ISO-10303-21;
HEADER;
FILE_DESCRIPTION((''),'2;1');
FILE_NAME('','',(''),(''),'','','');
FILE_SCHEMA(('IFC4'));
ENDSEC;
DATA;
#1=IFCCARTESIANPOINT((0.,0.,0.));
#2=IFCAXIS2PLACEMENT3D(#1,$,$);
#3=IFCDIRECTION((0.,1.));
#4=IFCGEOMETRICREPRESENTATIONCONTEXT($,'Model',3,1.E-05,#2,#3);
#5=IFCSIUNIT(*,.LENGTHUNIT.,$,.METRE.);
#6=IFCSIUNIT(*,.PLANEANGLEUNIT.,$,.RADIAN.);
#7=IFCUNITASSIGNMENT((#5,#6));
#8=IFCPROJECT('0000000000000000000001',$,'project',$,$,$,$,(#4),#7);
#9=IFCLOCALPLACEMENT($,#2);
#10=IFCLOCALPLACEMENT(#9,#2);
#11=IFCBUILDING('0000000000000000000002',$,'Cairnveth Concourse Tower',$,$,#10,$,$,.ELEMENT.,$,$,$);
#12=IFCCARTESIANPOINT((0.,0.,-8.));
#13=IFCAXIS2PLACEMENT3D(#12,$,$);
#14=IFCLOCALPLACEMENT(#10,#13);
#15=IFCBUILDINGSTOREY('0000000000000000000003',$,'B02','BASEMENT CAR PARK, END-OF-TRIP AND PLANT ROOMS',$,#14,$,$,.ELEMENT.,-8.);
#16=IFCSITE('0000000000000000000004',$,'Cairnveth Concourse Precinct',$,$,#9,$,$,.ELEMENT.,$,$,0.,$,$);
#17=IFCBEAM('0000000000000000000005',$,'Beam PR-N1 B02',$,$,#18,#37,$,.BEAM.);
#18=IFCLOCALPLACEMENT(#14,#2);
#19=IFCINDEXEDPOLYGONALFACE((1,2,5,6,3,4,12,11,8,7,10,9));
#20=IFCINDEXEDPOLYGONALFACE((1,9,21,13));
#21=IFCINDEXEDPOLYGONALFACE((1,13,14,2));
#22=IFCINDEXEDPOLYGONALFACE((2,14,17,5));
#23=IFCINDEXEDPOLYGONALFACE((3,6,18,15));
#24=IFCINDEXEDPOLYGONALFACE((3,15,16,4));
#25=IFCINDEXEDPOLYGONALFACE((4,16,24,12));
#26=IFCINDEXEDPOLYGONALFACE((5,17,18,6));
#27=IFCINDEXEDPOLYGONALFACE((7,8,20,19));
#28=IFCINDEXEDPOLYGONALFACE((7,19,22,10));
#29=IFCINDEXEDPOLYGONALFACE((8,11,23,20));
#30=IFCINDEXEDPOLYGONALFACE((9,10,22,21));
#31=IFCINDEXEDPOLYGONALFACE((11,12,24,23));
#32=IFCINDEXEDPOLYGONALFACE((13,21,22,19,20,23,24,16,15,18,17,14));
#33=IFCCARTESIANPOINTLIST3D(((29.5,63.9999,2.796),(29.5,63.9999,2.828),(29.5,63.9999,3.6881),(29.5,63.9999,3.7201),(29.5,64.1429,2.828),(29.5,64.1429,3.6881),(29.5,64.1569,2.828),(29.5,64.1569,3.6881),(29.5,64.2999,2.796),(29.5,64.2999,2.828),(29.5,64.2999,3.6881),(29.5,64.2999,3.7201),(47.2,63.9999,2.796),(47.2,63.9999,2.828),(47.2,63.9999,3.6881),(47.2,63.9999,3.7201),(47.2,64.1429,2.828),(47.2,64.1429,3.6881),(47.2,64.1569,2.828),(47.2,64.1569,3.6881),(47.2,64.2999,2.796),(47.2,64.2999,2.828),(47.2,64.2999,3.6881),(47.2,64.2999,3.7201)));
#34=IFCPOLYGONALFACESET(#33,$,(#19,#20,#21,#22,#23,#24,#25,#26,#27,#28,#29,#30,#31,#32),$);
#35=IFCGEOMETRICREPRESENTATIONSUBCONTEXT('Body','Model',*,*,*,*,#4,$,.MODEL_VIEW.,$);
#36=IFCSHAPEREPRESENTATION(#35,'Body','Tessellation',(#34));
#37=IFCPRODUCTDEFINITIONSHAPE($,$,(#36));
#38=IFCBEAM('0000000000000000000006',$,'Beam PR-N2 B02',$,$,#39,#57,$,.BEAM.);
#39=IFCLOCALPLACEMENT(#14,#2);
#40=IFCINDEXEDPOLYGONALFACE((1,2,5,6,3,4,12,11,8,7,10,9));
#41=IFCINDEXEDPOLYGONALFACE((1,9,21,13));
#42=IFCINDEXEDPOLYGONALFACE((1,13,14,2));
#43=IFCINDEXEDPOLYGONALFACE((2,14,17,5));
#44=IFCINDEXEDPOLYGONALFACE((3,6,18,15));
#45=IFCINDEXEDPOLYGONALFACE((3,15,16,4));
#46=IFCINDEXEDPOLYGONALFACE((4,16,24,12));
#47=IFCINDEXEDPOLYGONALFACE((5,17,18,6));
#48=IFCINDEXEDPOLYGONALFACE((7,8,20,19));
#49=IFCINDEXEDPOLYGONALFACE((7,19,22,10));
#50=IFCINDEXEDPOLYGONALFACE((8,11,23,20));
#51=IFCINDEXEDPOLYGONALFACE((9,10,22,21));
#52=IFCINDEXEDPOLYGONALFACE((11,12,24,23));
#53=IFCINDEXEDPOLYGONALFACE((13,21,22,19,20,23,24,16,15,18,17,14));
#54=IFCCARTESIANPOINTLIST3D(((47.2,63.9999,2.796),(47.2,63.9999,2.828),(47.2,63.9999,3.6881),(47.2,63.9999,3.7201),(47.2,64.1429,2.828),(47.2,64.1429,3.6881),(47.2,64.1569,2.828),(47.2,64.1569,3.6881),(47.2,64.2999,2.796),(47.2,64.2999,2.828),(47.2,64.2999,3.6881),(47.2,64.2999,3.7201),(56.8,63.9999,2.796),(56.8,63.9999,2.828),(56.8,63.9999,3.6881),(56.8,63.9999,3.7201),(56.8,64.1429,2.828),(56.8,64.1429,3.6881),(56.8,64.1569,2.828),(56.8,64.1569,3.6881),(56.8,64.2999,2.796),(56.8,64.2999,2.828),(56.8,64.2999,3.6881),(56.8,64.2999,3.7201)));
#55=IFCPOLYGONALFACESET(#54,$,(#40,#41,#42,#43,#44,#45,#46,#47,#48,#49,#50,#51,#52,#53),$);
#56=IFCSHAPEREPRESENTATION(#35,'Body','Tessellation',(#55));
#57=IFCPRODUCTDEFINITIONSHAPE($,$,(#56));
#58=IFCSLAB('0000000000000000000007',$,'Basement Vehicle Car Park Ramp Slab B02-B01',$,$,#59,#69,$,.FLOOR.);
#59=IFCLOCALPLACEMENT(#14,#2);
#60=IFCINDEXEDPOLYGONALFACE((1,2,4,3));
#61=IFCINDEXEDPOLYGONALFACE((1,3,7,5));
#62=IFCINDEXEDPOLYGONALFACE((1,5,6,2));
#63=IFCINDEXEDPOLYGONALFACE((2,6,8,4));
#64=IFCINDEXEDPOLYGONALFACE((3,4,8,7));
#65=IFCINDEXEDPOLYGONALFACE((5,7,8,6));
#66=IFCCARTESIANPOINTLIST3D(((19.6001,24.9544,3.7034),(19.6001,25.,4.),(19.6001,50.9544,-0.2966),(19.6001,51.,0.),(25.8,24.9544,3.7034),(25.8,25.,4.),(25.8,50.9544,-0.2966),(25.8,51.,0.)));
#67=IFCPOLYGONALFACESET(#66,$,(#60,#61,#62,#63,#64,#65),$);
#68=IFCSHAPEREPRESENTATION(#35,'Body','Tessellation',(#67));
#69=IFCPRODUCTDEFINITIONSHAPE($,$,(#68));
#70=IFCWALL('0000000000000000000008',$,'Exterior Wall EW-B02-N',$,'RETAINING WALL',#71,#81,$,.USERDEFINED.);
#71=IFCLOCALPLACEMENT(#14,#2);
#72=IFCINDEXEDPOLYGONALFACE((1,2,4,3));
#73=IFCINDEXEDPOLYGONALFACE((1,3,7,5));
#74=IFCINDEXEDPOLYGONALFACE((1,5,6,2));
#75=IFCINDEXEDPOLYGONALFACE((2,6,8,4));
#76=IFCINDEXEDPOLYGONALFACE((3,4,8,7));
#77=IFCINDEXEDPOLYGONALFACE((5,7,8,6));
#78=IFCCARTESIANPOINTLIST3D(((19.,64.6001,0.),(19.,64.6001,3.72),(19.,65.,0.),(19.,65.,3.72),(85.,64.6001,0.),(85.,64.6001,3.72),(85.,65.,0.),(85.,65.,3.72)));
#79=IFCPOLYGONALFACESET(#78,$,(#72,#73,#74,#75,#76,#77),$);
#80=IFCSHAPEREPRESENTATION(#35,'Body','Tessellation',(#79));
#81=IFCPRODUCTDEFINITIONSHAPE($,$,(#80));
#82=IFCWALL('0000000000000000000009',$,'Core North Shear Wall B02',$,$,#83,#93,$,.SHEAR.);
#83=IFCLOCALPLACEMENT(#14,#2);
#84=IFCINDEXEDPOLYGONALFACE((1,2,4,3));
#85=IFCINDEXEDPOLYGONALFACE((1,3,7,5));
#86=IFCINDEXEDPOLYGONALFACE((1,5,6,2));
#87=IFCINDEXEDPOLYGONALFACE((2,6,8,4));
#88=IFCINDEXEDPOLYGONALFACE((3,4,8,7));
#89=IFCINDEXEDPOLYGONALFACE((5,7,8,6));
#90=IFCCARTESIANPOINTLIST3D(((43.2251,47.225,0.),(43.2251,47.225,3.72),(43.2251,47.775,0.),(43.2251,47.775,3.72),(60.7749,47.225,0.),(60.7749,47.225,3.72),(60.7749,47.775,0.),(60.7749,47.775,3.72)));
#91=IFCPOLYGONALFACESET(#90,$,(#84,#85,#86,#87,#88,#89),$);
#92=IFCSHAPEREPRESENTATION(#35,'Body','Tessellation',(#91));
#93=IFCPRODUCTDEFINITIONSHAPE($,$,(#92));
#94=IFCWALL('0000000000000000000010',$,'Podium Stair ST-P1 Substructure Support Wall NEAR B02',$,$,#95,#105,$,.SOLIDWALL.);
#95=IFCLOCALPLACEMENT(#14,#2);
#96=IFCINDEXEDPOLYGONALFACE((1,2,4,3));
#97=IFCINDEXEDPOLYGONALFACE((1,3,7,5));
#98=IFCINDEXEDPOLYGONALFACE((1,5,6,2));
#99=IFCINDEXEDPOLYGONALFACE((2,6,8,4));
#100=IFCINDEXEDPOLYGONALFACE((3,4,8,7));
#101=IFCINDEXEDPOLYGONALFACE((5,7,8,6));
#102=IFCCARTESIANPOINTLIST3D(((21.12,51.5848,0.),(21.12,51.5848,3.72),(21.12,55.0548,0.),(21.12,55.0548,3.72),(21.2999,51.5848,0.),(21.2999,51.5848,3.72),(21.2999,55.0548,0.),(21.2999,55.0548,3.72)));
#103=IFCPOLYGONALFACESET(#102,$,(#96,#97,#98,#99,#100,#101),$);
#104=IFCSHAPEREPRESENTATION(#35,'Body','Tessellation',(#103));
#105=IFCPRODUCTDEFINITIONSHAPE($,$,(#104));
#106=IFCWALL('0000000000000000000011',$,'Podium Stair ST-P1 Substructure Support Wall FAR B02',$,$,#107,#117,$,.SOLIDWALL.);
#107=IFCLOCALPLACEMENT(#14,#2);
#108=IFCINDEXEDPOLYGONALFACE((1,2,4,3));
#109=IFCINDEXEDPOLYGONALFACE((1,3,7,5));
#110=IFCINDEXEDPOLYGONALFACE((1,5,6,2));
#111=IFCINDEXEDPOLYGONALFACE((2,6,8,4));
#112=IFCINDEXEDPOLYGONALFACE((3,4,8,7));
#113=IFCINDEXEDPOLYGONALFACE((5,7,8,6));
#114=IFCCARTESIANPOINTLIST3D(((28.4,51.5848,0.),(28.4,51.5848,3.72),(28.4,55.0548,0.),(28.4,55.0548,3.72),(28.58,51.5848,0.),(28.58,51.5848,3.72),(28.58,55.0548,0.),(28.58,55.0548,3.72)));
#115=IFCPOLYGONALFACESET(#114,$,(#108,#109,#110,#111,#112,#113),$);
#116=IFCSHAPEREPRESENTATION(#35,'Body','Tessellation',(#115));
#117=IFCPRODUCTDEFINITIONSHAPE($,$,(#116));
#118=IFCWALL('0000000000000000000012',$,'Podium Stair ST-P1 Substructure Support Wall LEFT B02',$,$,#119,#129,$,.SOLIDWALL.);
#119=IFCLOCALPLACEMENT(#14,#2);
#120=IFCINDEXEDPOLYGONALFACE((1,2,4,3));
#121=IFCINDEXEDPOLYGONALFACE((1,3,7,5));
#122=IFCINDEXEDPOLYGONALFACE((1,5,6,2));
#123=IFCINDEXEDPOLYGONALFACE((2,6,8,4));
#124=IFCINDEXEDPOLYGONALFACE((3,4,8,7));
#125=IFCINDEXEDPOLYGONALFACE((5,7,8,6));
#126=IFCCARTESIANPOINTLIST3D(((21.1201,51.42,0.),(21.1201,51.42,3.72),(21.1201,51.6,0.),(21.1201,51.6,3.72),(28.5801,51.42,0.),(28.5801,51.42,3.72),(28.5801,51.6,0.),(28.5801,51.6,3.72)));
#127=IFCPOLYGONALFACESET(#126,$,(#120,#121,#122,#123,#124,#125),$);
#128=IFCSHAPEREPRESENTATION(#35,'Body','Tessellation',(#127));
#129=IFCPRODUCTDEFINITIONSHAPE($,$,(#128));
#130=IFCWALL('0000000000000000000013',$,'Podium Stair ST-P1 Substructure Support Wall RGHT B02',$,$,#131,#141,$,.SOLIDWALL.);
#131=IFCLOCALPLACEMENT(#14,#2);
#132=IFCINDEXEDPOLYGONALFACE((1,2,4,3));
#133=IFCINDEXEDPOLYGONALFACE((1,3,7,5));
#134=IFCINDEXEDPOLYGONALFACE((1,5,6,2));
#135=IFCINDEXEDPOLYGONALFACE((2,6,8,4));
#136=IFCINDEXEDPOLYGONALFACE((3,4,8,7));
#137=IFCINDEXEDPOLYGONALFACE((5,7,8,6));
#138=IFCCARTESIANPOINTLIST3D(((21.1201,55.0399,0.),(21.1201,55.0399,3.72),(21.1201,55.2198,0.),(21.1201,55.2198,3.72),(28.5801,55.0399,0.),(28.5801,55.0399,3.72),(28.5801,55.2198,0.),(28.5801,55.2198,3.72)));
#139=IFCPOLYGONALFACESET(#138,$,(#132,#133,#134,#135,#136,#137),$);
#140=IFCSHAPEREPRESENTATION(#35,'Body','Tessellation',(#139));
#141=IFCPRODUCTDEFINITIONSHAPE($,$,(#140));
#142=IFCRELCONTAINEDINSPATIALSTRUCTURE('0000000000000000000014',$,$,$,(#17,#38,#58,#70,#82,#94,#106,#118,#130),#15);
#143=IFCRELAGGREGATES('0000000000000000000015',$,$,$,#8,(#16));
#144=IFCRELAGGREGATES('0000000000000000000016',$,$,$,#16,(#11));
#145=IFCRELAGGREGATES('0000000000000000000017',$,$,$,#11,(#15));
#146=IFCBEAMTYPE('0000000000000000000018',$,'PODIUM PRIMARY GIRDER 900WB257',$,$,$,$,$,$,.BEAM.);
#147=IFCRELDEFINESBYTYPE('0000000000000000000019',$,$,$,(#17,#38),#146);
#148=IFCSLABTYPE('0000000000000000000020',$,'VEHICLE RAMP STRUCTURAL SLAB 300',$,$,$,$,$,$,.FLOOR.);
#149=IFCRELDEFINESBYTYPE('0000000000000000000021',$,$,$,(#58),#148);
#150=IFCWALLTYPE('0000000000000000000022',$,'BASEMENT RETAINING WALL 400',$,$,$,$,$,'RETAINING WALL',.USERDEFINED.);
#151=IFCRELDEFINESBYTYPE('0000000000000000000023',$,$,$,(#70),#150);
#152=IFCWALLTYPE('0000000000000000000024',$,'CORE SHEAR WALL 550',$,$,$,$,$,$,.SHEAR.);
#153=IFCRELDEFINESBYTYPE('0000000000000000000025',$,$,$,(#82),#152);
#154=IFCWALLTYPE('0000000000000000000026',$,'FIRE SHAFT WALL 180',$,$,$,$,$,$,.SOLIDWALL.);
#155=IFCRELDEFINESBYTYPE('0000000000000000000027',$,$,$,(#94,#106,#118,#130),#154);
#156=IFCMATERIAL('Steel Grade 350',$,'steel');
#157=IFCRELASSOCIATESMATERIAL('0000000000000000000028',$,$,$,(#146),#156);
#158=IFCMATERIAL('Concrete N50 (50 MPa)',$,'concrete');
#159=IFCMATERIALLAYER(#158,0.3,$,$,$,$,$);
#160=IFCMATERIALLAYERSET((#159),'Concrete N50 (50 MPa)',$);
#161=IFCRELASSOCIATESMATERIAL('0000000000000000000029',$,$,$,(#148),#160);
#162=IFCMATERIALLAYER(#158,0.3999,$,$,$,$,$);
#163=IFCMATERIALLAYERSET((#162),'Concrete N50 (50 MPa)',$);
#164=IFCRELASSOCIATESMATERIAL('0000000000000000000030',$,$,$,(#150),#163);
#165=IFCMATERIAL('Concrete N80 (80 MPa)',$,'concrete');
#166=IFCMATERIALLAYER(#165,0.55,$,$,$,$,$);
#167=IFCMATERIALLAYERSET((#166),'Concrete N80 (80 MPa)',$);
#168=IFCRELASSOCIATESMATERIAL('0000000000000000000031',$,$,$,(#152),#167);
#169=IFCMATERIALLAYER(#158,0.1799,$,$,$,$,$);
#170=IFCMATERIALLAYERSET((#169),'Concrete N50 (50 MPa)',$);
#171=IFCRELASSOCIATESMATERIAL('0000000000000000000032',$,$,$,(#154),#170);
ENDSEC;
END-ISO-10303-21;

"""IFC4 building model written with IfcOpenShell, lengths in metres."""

from ifc_helpers import new_model, si_unit, direction, frame, frame_2d, origin, origin_2d, place, context, subcontext, project, spatial, polyline, rectangle, i_section, outline, extrude, material, layer, layer_set, material_profile, profile_set, type_object, element, save


model = new_model("IFC4")

# Units and contexts
model_context = context("Model", 3, precision=1e-05, world=origin(), true_north=direction((0.0, 1.0)))
body_context = subcontext(model_context, "Body", "Model", "MODEL_VIEW")
ifc_project = project(units=[si_unit("LENGTHUNIT", "METRE"), si_unit("PLANEANGLEUNIT", "RADIAN")], contexts=[model_context])

# Site, building, storey
site_placement = place(None, origin())
site = spatial("IfcSite", under=ifc_project, at=site_placement, Name="Cairnveth Concourse Precinct", CompositionType="ELEMENT", RefElevation=0.0)
building_placement = place(site_placement, origin())
building = spatial("IfcBuilding", under=site, at=building_placement, Name="Cairnveth Concourse Tower", CompositionType="ELEMENT")
storey_placement = place(building_placement, frame((0.0, 0.0, -8.0)))
storey = spatial("IfcBuildingStorey", under=building, at=storey_placement, Name="B02", Description="BASEMENT CAR PARK, END-OF-TRIP AND PLANT ROOMS", CompositionType="ELEMENT", Elevation=-8.0)

# Shared definitions
ifc_material_1 = material(Name="Concrete N50 (50 MPa)", Category="concrete")

# Shared definitions
ifc_material_2 = material(Name="Concrete N80 (80 MPa)", Category="concrete")

# Beams
ifc_material_3 = material(Name="Steel Grade 350", Category="steel")
ifc_material_profile_1 = material_profile(ifc_material_3, i_section(OverallWidth=0.3, OverallDepth=0.9241, WebThickness=0.0139, FlangeThickness=0.032, at=origin_2d()), Name="900WB257")
ifc_profile_set_1 = profile_set([ifc_material_profile_1], Name="Steel Grade 350")
beam_type_1 = type_object("IfcBeamType", Name="PODIUM PRIMARY GIRDER 900WB257", PredefinedType="BEAM", material=ifc_profile_set_1)
beam_1_placement = place(storey_placement, frame((29.5, 64.1499, 3.2581), z_axis=(1.0, 0.0, 0.0), x_axis=(0.0, 1.0, 0.0)))
element("IfcBeam", 1, at=beam_1_placement, inside=storey, type_object=beam_type_1, Name="Beam PR-N1 B02", PredefinedType="BEAM", context=body_context, shape_type="SweptSolid", body=[
    extrude(i_section(OverallWidth=0.3, OverallDepth=0.9241, WebThickness=0.0139, FlangeThickness=0.032, at=origin_2d()), origin(), (0.0, 0.0, 1.0), 17.7),
])
beam_2_placement = place(storey_placement, frame((47.2, 64.1499, 3.2581), z_axis=(1.0, 0.0, 0.0), x_axis=(0.0, 1.0, 0.0)))
element("IfcBeam", 2, at=beam_2_placement, inside=storey, type_object=beam_type_1, Name="Beam PR-N2 B02", PredefinedType="BEAM", context=body_context, shape_type="SweptSolid", body=[
    extrude(i_section(OverallWidth=0.3, OverallDepth=0.9241, WebThickness=0.0139, FlangeThickness=0.032, at=origin_2d()), origin(), (0.0, 0.0, 1.0), 9.6001),
])

# Slab
ifc_layer_1 = layer(ifc_material_1, 0.3)
ifc_layer_set_1 = layer_set([ifc_layer_1], Name="Concrete N50 (50 MPa)")
slab_type = type_object("IfcSlabType", Name="VEHICLE RAMP STRUCTURAL SLAB 300", PredefinedType="FLOOR", material=ifc_layer_set_1)
slab_placement = place(storey_placement, frame((19.6001, 51.0, 0.0), z_axis=(0.0, 0.152057, 0.988372), x_axis=(1.0, 0.0, 0.0)))
element("IfcSlab", 3, at=slab_placement, inside=storey, type_object=slab_type, Name="Basement Vehicle Car Park Ramp Slab B02-B01", PredefinedType="FLOOR", context=body_context, shape_type="SweptSolid", body=[
    extrude(outline(polyline([(0.0, 0.0), (6.2, 0.0), (6.2, -26.3059), (0.0, -26.3059), (0.0, 0.0)])), origin(), (0.0, 0.0, -1.0), 0.3),
])

# Walls
ifc_layer_2 = layer(ifc_material_1, 0.3999)
ifc_layer_set_2 = layer_set([ifc_layer_2], Name="Concrete N50 (50 MPa)")
wall_type_1 = type_object("IfcWallType", Name="BASEMENT RETAINING WALL 400", ElementType="RETAINING WALL", PredefinedType="USERDEFINED", material=ifc_layer_set_2)
wall_1_placement = place(storey_placement, frame((19.0, 64.8, 0.0), z_axis=(0.0, 0.0, 1.0), x_axis=(1.0, 0.0, 0.0)))
element("IfcWall", 4, at=wall_1_placement, inside=storey, type_object=wall_type_1, Name="Exterior Wall EW-B02-N", ObjectType="RETAINING WALL", PredefinedType="USERDEFINED", context=body_context, shape_type="SweptSolid", body=[
    extrude(rectangle(XDim=66.0, YDim=0.3999, at=frame_2d((33.0, 0.0))), origin(), (0.0, 0.0, 1.0), 3.72),
])
ifc_layer_3 = layer(ifc_material_2, 0.55)
ifc_layer_set_3 = layer_set([ifc_layer_3], Name="Concrete N80 (80 MPa)")
wall_type_2 = type_object("IfcWallType", Name="CORE SHEAR WALL 550", PredefinedType="SHEAR", material=ifc_layer_set_3)
wall_2_placement = place(storey_placement, frame((43.2251, 47.5, 0.0), z_axis=(0.0, 0.0, 1.0), x_axis=(1.0, 0.0, 0.0)))
element("IfcWall", 5, at=wall_2_placement, inside=storey, type_object=wall_type_2, Name="Core North Shear Wall B02", PredefinedType="SHEAR", context=body_context, shape_type="SweptSolid", body=[
    extrude(rectangle(XDim=17.5498, YDim=0.55, at=frame_2d((8.7749, 0.0))), origin(), (0.0, 0.0, 1.0), 3.72),
])
ifc_layer_4 = layer(ifc_material_1, 0.1799)
ifc_layer_set_4 = layer_set([ifc_layer_4], Name="Concrete N50 (50 MPa)")
wall_type_3 = type_object("IfcWallType", Name="FIRE SHAFT WALL 180", PredefinedType="SOLIDWALL", material=ifc_layer_set_4)
for number, where, z_axis, x_axis, name in (
    (6, (21.21, 51.585, 0.0), (0.0, 0.0, 1.0), (0.0, 1.0, 0.0), "Podium Stair ST-P1 Substructure Support Wall NEAR B02"),
    (7, (28.49, 51.585, 0.0), (0.0, 0.0, 1.0), (0.0, 1.0, 0.0), "Podium Stair ST-P1 Substructure Support Wall FAR B02"),
):
    element("IfcWall", number, at=place(storey_placement, frame(where, z_axis=z_axis, x_axis=x_axis)), inside=storey, type_object=wall_type_3, Name=name, PredefinedType="SOLIDWALL", context=body_context, shape_type="SweptSolid", body=[
        extrude(rectangle(XDim=3.47, YDim=0.1799, at=frame_2d((1.7349, 0.0))), origin(), (0.0, 0.0, 1.0), 3.72),
    ])
for number, where, z_axis, x_axis, name in (
    (8, (21.1201, 51.51, 0.0), (0.0, 0.0, 1.0), (1.0, 0.0, 0.0), "Podium Stair ST-P1 Substructure Support Wall LEFT B02"),
    (9, (21.1201, 55.1299, 0.0), (0.0, 0.0, 1.0), (1.0, 0.0, 0.0), "Podium Stair ST-P1 Substructure Support Wall RGHT B02"),
):
    element("IfcWall", number, at=place(storey_placement, frame(where, z_axis=z_axis, x_axis=x_axis)), inside=storey, type_object=wall_type_3, Name=name, PredefinedType="SOLIDWALL", context=body_context, shape_type="SweptSolid", body=[
        extrude(rectangle(XDim=7.46, YDim=0.1799, at=frame_2d((3.73, 0.0))), origin(), (0.0, 0.0, 1.0), 3.72),
    ])

save(model, "model.ifc")
